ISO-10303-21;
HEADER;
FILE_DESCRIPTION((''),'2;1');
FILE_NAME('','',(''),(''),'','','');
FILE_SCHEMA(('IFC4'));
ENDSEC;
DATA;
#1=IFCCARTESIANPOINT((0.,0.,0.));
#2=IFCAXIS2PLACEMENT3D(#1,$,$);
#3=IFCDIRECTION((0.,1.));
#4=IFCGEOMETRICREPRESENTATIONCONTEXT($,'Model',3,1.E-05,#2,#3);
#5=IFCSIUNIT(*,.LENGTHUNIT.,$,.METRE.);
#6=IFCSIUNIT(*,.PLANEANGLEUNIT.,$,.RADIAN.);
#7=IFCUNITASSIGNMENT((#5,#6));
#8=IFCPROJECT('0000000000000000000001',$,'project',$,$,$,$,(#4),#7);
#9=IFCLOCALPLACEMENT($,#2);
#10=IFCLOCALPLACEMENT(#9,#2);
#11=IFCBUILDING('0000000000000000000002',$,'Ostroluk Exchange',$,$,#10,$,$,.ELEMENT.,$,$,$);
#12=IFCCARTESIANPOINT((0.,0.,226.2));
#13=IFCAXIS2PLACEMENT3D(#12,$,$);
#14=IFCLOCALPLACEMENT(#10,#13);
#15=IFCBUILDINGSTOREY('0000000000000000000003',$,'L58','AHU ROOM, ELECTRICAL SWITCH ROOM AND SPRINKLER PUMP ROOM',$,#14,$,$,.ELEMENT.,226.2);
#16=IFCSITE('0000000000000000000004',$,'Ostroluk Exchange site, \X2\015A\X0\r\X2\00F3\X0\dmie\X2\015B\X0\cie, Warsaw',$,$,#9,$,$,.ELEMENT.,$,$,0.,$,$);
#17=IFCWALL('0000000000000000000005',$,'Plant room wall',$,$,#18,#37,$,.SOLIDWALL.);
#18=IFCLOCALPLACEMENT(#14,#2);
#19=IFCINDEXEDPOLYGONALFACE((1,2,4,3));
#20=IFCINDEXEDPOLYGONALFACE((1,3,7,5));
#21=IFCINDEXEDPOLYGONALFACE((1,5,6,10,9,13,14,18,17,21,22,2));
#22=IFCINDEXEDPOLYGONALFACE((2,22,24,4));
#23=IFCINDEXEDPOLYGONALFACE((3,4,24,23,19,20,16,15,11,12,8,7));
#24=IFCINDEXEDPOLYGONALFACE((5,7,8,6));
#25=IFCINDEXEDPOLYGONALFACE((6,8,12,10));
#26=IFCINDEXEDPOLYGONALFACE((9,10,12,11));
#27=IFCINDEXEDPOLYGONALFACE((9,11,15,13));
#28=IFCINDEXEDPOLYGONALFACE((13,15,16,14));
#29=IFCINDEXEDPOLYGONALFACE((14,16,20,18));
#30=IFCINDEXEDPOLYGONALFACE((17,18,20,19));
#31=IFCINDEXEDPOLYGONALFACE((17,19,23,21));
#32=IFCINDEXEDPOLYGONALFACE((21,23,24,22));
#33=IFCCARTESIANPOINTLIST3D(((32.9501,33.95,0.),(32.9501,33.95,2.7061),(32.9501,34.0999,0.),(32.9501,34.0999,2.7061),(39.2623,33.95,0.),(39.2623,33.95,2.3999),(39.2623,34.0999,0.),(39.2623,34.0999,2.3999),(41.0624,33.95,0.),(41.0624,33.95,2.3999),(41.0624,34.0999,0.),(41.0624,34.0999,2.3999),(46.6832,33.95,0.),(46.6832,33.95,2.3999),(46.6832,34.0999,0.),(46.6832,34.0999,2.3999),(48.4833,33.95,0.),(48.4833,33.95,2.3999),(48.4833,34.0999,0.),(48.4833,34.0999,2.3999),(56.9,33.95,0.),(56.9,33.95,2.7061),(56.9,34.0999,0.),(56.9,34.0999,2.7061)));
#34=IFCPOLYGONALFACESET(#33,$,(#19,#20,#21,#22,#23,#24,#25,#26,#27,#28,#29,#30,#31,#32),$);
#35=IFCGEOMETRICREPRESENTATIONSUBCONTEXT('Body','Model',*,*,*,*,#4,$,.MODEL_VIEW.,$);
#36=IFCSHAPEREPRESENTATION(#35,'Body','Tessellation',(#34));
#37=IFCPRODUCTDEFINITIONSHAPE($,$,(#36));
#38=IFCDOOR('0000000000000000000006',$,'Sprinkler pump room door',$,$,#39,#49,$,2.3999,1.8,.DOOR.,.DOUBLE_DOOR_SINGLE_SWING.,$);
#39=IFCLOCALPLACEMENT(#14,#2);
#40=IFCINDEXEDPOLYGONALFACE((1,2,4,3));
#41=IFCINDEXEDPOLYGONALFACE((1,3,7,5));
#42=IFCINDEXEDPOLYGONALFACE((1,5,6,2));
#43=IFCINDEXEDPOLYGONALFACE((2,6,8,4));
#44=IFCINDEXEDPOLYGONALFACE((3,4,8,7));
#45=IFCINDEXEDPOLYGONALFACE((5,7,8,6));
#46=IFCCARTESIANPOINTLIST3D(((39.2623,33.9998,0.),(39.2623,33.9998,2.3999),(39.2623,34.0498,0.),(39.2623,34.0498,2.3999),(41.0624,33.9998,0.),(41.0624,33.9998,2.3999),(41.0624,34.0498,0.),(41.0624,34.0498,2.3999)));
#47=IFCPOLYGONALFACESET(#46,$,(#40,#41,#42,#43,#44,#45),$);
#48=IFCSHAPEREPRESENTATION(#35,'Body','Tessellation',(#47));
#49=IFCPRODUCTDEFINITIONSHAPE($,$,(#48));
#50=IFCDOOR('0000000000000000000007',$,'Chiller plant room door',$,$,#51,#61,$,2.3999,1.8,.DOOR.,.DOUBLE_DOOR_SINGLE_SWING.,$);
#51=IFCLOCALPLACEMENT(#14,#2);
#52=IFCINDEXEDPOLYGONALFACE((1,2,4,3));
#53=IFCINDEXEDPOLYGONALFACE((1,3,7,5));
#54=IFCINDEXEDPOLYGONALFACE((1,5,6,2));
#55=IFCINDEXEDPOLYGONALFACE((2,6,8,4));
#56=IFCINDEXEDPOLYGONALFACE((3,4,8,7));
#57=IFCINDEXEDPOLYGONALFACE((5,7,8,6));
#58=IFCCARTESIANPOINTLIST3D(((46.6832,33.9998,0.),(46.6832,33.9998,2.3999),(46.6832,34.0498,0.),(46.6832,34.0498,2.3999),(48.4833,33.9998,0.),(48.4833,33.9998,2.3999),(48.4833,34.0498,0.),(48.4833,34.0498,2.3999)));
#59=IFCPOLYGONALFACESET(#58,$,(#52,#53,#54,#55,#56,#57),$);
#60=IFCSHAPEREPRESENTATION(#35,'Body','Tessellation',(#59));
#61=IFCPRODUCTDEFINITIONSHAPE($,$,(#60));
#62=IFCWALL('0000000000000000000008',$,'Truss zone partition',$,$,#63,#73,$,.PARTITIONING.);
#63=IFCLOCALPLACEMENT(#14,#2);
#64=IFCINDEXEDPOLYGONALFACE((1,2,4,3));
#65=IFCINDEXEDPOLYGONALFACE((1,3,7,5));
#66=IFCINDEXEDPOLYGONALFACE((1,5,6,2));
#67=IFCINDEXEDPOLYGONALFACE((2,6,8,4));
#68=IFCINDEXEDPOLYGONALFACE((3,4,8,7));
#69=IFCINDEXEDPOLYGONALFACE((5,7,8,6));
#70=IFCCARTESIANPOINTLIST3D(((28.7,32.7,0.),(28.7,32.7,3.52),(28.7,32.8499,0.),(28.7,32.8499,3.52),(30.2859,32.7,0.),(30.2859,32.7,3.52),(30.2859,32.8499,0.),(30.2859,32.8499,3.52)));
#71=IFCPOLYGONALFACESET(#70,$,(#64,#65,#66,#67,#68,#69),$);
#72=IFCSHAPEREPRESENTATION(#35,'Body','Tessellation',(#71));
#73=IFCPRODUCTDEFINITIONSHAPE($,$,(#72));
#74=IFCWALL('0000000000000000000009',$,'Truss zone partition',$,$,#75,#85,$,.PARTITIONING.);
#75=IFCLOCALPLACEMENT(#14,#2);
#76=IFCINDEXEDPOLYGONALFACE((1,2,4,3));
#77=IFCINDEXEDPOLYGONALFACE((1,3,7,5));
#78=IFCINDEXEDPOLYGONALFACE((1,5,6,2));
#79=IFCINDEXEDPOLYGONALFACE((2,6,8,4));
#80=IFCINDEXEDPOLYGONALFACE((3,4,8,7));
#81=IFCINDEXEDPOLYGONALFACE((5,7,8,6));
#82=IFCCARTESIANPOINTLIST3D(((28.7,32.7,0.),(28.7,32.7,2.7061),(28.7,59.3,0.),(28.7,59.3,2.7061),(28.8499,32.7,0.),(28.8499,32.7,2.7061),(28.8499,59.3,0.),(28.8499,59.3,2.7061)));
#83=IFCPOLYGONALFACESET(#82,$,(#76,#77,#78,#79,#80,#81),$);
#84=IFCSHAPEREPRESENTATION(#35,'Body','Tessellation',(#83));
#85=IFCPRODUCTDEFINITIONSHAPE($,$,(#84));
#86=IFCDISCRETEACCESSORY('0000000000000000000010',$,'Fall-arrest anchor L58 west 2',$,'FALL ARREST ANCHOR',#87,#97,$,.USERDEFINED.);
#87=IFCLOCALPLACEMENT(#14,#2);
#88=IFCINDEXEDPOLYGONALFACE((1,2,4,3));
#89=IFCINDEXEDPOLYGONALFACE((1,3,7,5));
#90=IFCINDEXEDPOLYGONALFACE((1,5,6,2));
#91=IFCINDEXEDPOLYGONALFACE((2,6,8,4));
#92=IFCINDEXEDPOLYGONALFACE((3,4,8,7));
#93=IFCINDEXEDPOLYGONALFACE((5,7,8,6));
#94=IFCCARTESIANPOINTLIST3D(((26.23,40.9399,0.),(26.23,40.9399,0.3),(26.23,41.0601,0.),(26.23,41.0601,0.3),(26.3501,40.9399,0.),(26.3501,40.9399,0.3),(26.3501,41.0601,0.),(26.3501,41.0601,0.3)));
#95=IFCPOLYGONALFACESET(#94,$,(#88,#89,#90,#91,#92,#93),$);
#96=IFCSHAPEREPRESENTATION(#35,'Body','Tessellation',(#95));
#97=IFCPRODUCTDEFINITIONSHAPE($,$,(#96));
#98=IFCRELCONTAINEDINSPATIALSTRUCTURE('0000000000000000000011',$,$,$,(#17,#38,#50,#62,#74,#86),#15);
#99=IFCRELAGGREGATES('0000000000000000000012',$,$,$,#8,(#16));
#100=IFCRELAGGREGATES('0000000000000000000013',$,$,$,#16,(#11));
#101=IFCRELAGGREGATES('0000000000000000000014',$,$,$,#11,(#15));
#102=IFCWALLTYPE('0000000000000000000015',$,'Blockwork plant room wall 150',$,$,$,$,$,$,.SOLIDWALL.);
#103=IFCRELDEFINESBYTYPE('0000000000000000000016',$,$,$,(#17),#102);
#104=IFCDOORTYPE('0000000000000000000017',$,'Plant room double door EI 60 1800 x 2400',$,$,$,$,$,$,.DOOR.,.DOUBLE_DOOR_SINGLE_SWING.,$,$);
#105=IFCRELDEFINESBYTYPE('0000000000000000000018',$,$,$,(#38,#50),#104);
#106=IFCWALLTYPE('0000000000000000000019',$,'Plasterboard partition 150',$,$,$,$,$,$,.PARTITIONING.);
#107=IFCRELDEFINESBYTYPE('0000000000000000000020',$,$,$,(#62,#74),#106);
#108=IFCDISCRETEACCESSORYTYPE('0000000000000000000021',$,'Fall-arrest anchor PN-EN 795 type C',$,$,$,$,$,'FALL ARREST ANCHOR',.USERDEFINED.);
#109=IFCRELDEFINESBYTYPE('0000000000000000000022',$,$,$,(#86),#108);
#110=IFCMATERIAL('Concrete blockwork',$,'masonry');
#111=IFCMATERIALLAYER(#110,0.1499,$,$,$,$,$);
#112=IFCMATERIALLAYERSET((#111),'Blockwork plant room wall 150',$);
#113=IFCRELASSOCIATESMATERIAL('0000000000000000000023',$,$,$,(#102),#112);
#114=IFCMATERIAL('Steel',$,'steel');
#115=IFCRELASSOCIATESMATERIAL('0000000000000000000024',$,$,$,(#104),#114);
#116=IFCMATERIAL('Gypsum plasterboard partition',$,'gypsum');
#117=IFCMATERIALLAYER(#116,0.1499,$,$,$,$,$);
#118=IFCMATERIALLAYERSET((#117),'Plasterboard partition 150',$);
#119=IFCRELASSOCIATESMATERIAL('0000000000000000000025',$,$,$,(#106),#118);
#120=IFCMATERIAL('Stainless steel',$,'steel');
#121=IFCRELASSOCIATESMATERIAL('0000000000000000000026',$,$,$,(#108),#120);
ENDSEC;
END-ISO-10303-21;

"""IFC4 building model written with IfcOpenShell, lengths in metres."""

from ifc_helpers import new_model, si_unit, direction, frame, frame_2d, origin, origin_2d, place, context, subcontext, project, spatial, rectangle, extrude, material, layer, layer_set, type_object, element, fill, save


model = new_model("IFC4")

# Units and contexts
model_context = context("Model", 3, precision=1e-05, world=origin(), true_north=direction((0.0, 1.0)))
body_context = subcontext(model_context, "Body", "Model", "MODEL_VIEW")
ifc_project = project(units=[si_unit("LENGTHUNIT", "METRE"), si_unit("PLANEANGLEUNIT", "RADIAN")], contexts=[model_context])

# Site, building, storey
site_placement = place(None, origin())
site = spatial("IfcSite", under=ifc_project, at=site_placement, Name="Ostroluk Exchange site, Śródmieście, Warsaw", CompositionType="ELEMENT", RefElevation=0.0)
building_placement = place(site_placement, origin())
building = spatial("IfcBuilding", under=site, at=building_placement, Name="Ostroluk Exchange", CompositionType="ELEMENT")
storey_placement = place(building_placement, frame((0.0, 0.0, 226.2)))
storey = spatial("IfcBuildingStorey", under=building, at=storey_placement, Name="L58", Description="AHU ROOM, ELECTRICAL SWITCH ROOM AND SPRINKLER PUMP ROOM", CompositionType="ELEMENT", Elevation=226.2)

# Wall, openings, doors
ifc_material_1 = material(Name="Concrete blockwork", Category="masonry")
ifc_layer_1 = layer(ifc_material_1, 0.1499)
ifc_layer_set_1 = layer_set([ifc_layer_1], Name="Blockwork plant room wall 150")
wall_type_1 = type_object("IfcWallType", Name="Blockwork plant room wall 150", PredefinedType="SOLIDWALL", material=ifc_layer_set_1)
wall_1_placement = place(storey_placement, frame((32.95, 34.0249, 0.0), z_axis=(0.0, 0.0, 1.0), x_axis=(1.0, 0.0, 0.0)))
wall_1 = element("IfcWall", 1, at=wall_1_placement, inside=storey, type_object=wall_type_1, Name="Plant room wall", PredefinedType="SOLIDWALL", context=body_context, shape_type="SweptSolid", body=[
    extrude(rectangle(XDim=23.95, YDim=0.1499, at=frame_2d((11.9751, 0.0))), origin(), (0.0, 0.0, 1.0), 2.7061),
])
opening_1_placement = place(wall_1_placement, frame((6.3125, 0.0, 0.0)))
opening_1 = element("IfcOpeningElement", 2, at=opening_1_placement, cuts=wall_1, PredefinedType="OPENING", context=body_context, shape_type="SweptSolid", body=[
    extrude(rectangle(XDim=1.8, YDim=2.3999, at=frame_2d((0.8999, 1.2))), frame((0.0, 0.085, 0.0), z_axis=(0.0, -1.0, 0.0), x_axis=(1.0, 0.0, 0.0)), (0.0, 0.0, 1.0), 0.1699),
])
opening_2_placement = place(wall_1_placement, frame((13.7334, 0.0, 0.0)))
opening_2 = element("IfcOpeningElement", 3, at=opening_2_placement, cuts=wall_1, PredefinedType="OPENING", context=body_context, shape_type="SweptSolid", body=[
    extrude(rectangle(XDim=1.8, YDim=2.3999, at=frame_2d((0.8999, 1.2))), frame((0.0, 0.085, 0.0), z_axis=(0.0, -1.0, 0.0), x_axis=(1.0, 0.0, 0.0)), (0.0, 0.0, 1.0), 0.1699),
])
ifc_material_2 = material(Name="Steel", Category="steel")
door_type = type_object("IfcDoorType", Name="Plant room double door EI 60 1800 x 2400", OperationType="DOUBLE_DOOR_SINGLE_SWING", PredefinedType="DOOR", material=ifc_material_2)
door_1_placement = place(opening_1_placement, origin())
door_1 = element("IfcDoor", 4, at=door_1_placement, inside=storey, type_object=door_type, Name="Sprinkler pump room door", OperationType="DOUBLE_DOOR_SINGLE_SWING", OverallHeight=2.3999, OverallWidth=1.8, PredefinedType="DOOR", context=body_context, shape_type="SweptSolid", body=[
    extrude(rectangle(XDim=1.8, YDim=2.3999, at=frame_2d((0.8999, 1.2))), frame((0.0, 0.0249, 0.0), z_axis=(0.0, -1.0, 0.0), x_axis=(1.0, 0.0, 0.0)), (0.0, 0.0, 1.0), 0.05),
])
fill(opening_1, door_1)
door_2_placement = place(opening_2_placement, origin())
door_2 = element("IfcDoor", 5, at=door_2_placement, inside=storey, type_object=door_type, Name="Chiller plant room door", OperationType="DOUBLE_DOOR_SINGLE_SWING", OverallHeight=2.3999, OverallWidth=1.8, PredefinedType="DOOR", context=body_context, shape_type="SweptSolid", body=[
    extrude(rectangle(XDim=1.8, YDim=2.3999, at=frame_2d((0.8999, 1.2))), frame((0.0, 0.0249, 0.0), z_axis=(0.0, -1.0, 0.0), x_axis=(1.0, 0.0, 0.0)), (0.0, 0.0, 1.0), 0.05),
])
fill(opening_2, door_2)

# Walls
ifc_material_3 = material(Name="Gypsum plasterboard partition", Category="gypsum")
ifc_layer_2 = layer(ifc_material_3, 0.1499)
ifc_layer_set_2 = layer_set([ifc_layer_2], Name="Plasterboard partition 150")
wall_type_2 = type_object("IfcWallType", Name="Plasterboard partition 150", PredefinedType="PARTITIONING", material=ifc_layer_set_2)
wall_2_placement = place(storey_placement, frame((30.2859, 32.7749, 0.0), z_axis=(0.0, 0.0, 1.0), x_axis=(-1.0, 0.0, 0.0)))
element("IfcWall", 6, at=wall_2_placement, inside=storey, type_object=wall_type_2, Name="Truss zone partition", PredefinedType="PARTITIONING", context=body_context, shape_type="SweptSolid", body=[
    extrude(rectangle(XDim=1.5859, YDim=0.1499, at=frame_2d((0.793, 0.0))), origin(), (0.0, 0.0, 1.0), 3.52),
])
wall_3_placement = place(storey_placement, frame((28.7749, 32.7, 0.0), z_axis=(0.0, 0.0, 1.0), x_axis=(0.0, 1.0, 0.0)))
element("IfcWall", 7, at=wall_3_placement, inside=storey, type_object=wall_type_2, Name="Truss zone partition", PredefinedType="PARTITIONING", context=body_context, shape_type="SweptSolid", body=[
    extrude(rectangle(XDim=26.6001, YDim=0.1499, at=frame_2d((13.3, 0.0))), origin(), (0.0, 0.0, 1.0), 2.7061),
])

# Discrete accessory
ifc_material_4 = material(Name="Stainless steel", Category="steel")
discrete_accessory_type = type_object("IfcDiscreteAccessoryType", Name="Fall-arrest anchor PN-EN 795 type C", ElementType="FALL ARREST ANCHOR", PredefinedType="USERDEFINED", material=ifc_material_4)
discrete_accessory_placement = place(storey_placement, frame((26.29, 41.0, 0.0), z_axis=(0.0, 0.0, 1.0), x_axis=(1.0, 0.0, 0.0)))
element("IfcDiscreteAccessory", 8, at=discrete_accessory_placement, inside=storey, type_object=discrete_accessory_type, Name="Fall-arrest anchor L58 west 2", ObjectType="FALL ARREST ANCHOR", PredefinedType="USERDEFINED", context=body_context, shape_type="SweptSolid", body=[
    extrude(rectangle(XDim=0.1201, YDim=0.1201, at=origin_2d()), origin(), (0.0, 0.0, 1.0), 0.3),
])

save(model, "model.ifc")
